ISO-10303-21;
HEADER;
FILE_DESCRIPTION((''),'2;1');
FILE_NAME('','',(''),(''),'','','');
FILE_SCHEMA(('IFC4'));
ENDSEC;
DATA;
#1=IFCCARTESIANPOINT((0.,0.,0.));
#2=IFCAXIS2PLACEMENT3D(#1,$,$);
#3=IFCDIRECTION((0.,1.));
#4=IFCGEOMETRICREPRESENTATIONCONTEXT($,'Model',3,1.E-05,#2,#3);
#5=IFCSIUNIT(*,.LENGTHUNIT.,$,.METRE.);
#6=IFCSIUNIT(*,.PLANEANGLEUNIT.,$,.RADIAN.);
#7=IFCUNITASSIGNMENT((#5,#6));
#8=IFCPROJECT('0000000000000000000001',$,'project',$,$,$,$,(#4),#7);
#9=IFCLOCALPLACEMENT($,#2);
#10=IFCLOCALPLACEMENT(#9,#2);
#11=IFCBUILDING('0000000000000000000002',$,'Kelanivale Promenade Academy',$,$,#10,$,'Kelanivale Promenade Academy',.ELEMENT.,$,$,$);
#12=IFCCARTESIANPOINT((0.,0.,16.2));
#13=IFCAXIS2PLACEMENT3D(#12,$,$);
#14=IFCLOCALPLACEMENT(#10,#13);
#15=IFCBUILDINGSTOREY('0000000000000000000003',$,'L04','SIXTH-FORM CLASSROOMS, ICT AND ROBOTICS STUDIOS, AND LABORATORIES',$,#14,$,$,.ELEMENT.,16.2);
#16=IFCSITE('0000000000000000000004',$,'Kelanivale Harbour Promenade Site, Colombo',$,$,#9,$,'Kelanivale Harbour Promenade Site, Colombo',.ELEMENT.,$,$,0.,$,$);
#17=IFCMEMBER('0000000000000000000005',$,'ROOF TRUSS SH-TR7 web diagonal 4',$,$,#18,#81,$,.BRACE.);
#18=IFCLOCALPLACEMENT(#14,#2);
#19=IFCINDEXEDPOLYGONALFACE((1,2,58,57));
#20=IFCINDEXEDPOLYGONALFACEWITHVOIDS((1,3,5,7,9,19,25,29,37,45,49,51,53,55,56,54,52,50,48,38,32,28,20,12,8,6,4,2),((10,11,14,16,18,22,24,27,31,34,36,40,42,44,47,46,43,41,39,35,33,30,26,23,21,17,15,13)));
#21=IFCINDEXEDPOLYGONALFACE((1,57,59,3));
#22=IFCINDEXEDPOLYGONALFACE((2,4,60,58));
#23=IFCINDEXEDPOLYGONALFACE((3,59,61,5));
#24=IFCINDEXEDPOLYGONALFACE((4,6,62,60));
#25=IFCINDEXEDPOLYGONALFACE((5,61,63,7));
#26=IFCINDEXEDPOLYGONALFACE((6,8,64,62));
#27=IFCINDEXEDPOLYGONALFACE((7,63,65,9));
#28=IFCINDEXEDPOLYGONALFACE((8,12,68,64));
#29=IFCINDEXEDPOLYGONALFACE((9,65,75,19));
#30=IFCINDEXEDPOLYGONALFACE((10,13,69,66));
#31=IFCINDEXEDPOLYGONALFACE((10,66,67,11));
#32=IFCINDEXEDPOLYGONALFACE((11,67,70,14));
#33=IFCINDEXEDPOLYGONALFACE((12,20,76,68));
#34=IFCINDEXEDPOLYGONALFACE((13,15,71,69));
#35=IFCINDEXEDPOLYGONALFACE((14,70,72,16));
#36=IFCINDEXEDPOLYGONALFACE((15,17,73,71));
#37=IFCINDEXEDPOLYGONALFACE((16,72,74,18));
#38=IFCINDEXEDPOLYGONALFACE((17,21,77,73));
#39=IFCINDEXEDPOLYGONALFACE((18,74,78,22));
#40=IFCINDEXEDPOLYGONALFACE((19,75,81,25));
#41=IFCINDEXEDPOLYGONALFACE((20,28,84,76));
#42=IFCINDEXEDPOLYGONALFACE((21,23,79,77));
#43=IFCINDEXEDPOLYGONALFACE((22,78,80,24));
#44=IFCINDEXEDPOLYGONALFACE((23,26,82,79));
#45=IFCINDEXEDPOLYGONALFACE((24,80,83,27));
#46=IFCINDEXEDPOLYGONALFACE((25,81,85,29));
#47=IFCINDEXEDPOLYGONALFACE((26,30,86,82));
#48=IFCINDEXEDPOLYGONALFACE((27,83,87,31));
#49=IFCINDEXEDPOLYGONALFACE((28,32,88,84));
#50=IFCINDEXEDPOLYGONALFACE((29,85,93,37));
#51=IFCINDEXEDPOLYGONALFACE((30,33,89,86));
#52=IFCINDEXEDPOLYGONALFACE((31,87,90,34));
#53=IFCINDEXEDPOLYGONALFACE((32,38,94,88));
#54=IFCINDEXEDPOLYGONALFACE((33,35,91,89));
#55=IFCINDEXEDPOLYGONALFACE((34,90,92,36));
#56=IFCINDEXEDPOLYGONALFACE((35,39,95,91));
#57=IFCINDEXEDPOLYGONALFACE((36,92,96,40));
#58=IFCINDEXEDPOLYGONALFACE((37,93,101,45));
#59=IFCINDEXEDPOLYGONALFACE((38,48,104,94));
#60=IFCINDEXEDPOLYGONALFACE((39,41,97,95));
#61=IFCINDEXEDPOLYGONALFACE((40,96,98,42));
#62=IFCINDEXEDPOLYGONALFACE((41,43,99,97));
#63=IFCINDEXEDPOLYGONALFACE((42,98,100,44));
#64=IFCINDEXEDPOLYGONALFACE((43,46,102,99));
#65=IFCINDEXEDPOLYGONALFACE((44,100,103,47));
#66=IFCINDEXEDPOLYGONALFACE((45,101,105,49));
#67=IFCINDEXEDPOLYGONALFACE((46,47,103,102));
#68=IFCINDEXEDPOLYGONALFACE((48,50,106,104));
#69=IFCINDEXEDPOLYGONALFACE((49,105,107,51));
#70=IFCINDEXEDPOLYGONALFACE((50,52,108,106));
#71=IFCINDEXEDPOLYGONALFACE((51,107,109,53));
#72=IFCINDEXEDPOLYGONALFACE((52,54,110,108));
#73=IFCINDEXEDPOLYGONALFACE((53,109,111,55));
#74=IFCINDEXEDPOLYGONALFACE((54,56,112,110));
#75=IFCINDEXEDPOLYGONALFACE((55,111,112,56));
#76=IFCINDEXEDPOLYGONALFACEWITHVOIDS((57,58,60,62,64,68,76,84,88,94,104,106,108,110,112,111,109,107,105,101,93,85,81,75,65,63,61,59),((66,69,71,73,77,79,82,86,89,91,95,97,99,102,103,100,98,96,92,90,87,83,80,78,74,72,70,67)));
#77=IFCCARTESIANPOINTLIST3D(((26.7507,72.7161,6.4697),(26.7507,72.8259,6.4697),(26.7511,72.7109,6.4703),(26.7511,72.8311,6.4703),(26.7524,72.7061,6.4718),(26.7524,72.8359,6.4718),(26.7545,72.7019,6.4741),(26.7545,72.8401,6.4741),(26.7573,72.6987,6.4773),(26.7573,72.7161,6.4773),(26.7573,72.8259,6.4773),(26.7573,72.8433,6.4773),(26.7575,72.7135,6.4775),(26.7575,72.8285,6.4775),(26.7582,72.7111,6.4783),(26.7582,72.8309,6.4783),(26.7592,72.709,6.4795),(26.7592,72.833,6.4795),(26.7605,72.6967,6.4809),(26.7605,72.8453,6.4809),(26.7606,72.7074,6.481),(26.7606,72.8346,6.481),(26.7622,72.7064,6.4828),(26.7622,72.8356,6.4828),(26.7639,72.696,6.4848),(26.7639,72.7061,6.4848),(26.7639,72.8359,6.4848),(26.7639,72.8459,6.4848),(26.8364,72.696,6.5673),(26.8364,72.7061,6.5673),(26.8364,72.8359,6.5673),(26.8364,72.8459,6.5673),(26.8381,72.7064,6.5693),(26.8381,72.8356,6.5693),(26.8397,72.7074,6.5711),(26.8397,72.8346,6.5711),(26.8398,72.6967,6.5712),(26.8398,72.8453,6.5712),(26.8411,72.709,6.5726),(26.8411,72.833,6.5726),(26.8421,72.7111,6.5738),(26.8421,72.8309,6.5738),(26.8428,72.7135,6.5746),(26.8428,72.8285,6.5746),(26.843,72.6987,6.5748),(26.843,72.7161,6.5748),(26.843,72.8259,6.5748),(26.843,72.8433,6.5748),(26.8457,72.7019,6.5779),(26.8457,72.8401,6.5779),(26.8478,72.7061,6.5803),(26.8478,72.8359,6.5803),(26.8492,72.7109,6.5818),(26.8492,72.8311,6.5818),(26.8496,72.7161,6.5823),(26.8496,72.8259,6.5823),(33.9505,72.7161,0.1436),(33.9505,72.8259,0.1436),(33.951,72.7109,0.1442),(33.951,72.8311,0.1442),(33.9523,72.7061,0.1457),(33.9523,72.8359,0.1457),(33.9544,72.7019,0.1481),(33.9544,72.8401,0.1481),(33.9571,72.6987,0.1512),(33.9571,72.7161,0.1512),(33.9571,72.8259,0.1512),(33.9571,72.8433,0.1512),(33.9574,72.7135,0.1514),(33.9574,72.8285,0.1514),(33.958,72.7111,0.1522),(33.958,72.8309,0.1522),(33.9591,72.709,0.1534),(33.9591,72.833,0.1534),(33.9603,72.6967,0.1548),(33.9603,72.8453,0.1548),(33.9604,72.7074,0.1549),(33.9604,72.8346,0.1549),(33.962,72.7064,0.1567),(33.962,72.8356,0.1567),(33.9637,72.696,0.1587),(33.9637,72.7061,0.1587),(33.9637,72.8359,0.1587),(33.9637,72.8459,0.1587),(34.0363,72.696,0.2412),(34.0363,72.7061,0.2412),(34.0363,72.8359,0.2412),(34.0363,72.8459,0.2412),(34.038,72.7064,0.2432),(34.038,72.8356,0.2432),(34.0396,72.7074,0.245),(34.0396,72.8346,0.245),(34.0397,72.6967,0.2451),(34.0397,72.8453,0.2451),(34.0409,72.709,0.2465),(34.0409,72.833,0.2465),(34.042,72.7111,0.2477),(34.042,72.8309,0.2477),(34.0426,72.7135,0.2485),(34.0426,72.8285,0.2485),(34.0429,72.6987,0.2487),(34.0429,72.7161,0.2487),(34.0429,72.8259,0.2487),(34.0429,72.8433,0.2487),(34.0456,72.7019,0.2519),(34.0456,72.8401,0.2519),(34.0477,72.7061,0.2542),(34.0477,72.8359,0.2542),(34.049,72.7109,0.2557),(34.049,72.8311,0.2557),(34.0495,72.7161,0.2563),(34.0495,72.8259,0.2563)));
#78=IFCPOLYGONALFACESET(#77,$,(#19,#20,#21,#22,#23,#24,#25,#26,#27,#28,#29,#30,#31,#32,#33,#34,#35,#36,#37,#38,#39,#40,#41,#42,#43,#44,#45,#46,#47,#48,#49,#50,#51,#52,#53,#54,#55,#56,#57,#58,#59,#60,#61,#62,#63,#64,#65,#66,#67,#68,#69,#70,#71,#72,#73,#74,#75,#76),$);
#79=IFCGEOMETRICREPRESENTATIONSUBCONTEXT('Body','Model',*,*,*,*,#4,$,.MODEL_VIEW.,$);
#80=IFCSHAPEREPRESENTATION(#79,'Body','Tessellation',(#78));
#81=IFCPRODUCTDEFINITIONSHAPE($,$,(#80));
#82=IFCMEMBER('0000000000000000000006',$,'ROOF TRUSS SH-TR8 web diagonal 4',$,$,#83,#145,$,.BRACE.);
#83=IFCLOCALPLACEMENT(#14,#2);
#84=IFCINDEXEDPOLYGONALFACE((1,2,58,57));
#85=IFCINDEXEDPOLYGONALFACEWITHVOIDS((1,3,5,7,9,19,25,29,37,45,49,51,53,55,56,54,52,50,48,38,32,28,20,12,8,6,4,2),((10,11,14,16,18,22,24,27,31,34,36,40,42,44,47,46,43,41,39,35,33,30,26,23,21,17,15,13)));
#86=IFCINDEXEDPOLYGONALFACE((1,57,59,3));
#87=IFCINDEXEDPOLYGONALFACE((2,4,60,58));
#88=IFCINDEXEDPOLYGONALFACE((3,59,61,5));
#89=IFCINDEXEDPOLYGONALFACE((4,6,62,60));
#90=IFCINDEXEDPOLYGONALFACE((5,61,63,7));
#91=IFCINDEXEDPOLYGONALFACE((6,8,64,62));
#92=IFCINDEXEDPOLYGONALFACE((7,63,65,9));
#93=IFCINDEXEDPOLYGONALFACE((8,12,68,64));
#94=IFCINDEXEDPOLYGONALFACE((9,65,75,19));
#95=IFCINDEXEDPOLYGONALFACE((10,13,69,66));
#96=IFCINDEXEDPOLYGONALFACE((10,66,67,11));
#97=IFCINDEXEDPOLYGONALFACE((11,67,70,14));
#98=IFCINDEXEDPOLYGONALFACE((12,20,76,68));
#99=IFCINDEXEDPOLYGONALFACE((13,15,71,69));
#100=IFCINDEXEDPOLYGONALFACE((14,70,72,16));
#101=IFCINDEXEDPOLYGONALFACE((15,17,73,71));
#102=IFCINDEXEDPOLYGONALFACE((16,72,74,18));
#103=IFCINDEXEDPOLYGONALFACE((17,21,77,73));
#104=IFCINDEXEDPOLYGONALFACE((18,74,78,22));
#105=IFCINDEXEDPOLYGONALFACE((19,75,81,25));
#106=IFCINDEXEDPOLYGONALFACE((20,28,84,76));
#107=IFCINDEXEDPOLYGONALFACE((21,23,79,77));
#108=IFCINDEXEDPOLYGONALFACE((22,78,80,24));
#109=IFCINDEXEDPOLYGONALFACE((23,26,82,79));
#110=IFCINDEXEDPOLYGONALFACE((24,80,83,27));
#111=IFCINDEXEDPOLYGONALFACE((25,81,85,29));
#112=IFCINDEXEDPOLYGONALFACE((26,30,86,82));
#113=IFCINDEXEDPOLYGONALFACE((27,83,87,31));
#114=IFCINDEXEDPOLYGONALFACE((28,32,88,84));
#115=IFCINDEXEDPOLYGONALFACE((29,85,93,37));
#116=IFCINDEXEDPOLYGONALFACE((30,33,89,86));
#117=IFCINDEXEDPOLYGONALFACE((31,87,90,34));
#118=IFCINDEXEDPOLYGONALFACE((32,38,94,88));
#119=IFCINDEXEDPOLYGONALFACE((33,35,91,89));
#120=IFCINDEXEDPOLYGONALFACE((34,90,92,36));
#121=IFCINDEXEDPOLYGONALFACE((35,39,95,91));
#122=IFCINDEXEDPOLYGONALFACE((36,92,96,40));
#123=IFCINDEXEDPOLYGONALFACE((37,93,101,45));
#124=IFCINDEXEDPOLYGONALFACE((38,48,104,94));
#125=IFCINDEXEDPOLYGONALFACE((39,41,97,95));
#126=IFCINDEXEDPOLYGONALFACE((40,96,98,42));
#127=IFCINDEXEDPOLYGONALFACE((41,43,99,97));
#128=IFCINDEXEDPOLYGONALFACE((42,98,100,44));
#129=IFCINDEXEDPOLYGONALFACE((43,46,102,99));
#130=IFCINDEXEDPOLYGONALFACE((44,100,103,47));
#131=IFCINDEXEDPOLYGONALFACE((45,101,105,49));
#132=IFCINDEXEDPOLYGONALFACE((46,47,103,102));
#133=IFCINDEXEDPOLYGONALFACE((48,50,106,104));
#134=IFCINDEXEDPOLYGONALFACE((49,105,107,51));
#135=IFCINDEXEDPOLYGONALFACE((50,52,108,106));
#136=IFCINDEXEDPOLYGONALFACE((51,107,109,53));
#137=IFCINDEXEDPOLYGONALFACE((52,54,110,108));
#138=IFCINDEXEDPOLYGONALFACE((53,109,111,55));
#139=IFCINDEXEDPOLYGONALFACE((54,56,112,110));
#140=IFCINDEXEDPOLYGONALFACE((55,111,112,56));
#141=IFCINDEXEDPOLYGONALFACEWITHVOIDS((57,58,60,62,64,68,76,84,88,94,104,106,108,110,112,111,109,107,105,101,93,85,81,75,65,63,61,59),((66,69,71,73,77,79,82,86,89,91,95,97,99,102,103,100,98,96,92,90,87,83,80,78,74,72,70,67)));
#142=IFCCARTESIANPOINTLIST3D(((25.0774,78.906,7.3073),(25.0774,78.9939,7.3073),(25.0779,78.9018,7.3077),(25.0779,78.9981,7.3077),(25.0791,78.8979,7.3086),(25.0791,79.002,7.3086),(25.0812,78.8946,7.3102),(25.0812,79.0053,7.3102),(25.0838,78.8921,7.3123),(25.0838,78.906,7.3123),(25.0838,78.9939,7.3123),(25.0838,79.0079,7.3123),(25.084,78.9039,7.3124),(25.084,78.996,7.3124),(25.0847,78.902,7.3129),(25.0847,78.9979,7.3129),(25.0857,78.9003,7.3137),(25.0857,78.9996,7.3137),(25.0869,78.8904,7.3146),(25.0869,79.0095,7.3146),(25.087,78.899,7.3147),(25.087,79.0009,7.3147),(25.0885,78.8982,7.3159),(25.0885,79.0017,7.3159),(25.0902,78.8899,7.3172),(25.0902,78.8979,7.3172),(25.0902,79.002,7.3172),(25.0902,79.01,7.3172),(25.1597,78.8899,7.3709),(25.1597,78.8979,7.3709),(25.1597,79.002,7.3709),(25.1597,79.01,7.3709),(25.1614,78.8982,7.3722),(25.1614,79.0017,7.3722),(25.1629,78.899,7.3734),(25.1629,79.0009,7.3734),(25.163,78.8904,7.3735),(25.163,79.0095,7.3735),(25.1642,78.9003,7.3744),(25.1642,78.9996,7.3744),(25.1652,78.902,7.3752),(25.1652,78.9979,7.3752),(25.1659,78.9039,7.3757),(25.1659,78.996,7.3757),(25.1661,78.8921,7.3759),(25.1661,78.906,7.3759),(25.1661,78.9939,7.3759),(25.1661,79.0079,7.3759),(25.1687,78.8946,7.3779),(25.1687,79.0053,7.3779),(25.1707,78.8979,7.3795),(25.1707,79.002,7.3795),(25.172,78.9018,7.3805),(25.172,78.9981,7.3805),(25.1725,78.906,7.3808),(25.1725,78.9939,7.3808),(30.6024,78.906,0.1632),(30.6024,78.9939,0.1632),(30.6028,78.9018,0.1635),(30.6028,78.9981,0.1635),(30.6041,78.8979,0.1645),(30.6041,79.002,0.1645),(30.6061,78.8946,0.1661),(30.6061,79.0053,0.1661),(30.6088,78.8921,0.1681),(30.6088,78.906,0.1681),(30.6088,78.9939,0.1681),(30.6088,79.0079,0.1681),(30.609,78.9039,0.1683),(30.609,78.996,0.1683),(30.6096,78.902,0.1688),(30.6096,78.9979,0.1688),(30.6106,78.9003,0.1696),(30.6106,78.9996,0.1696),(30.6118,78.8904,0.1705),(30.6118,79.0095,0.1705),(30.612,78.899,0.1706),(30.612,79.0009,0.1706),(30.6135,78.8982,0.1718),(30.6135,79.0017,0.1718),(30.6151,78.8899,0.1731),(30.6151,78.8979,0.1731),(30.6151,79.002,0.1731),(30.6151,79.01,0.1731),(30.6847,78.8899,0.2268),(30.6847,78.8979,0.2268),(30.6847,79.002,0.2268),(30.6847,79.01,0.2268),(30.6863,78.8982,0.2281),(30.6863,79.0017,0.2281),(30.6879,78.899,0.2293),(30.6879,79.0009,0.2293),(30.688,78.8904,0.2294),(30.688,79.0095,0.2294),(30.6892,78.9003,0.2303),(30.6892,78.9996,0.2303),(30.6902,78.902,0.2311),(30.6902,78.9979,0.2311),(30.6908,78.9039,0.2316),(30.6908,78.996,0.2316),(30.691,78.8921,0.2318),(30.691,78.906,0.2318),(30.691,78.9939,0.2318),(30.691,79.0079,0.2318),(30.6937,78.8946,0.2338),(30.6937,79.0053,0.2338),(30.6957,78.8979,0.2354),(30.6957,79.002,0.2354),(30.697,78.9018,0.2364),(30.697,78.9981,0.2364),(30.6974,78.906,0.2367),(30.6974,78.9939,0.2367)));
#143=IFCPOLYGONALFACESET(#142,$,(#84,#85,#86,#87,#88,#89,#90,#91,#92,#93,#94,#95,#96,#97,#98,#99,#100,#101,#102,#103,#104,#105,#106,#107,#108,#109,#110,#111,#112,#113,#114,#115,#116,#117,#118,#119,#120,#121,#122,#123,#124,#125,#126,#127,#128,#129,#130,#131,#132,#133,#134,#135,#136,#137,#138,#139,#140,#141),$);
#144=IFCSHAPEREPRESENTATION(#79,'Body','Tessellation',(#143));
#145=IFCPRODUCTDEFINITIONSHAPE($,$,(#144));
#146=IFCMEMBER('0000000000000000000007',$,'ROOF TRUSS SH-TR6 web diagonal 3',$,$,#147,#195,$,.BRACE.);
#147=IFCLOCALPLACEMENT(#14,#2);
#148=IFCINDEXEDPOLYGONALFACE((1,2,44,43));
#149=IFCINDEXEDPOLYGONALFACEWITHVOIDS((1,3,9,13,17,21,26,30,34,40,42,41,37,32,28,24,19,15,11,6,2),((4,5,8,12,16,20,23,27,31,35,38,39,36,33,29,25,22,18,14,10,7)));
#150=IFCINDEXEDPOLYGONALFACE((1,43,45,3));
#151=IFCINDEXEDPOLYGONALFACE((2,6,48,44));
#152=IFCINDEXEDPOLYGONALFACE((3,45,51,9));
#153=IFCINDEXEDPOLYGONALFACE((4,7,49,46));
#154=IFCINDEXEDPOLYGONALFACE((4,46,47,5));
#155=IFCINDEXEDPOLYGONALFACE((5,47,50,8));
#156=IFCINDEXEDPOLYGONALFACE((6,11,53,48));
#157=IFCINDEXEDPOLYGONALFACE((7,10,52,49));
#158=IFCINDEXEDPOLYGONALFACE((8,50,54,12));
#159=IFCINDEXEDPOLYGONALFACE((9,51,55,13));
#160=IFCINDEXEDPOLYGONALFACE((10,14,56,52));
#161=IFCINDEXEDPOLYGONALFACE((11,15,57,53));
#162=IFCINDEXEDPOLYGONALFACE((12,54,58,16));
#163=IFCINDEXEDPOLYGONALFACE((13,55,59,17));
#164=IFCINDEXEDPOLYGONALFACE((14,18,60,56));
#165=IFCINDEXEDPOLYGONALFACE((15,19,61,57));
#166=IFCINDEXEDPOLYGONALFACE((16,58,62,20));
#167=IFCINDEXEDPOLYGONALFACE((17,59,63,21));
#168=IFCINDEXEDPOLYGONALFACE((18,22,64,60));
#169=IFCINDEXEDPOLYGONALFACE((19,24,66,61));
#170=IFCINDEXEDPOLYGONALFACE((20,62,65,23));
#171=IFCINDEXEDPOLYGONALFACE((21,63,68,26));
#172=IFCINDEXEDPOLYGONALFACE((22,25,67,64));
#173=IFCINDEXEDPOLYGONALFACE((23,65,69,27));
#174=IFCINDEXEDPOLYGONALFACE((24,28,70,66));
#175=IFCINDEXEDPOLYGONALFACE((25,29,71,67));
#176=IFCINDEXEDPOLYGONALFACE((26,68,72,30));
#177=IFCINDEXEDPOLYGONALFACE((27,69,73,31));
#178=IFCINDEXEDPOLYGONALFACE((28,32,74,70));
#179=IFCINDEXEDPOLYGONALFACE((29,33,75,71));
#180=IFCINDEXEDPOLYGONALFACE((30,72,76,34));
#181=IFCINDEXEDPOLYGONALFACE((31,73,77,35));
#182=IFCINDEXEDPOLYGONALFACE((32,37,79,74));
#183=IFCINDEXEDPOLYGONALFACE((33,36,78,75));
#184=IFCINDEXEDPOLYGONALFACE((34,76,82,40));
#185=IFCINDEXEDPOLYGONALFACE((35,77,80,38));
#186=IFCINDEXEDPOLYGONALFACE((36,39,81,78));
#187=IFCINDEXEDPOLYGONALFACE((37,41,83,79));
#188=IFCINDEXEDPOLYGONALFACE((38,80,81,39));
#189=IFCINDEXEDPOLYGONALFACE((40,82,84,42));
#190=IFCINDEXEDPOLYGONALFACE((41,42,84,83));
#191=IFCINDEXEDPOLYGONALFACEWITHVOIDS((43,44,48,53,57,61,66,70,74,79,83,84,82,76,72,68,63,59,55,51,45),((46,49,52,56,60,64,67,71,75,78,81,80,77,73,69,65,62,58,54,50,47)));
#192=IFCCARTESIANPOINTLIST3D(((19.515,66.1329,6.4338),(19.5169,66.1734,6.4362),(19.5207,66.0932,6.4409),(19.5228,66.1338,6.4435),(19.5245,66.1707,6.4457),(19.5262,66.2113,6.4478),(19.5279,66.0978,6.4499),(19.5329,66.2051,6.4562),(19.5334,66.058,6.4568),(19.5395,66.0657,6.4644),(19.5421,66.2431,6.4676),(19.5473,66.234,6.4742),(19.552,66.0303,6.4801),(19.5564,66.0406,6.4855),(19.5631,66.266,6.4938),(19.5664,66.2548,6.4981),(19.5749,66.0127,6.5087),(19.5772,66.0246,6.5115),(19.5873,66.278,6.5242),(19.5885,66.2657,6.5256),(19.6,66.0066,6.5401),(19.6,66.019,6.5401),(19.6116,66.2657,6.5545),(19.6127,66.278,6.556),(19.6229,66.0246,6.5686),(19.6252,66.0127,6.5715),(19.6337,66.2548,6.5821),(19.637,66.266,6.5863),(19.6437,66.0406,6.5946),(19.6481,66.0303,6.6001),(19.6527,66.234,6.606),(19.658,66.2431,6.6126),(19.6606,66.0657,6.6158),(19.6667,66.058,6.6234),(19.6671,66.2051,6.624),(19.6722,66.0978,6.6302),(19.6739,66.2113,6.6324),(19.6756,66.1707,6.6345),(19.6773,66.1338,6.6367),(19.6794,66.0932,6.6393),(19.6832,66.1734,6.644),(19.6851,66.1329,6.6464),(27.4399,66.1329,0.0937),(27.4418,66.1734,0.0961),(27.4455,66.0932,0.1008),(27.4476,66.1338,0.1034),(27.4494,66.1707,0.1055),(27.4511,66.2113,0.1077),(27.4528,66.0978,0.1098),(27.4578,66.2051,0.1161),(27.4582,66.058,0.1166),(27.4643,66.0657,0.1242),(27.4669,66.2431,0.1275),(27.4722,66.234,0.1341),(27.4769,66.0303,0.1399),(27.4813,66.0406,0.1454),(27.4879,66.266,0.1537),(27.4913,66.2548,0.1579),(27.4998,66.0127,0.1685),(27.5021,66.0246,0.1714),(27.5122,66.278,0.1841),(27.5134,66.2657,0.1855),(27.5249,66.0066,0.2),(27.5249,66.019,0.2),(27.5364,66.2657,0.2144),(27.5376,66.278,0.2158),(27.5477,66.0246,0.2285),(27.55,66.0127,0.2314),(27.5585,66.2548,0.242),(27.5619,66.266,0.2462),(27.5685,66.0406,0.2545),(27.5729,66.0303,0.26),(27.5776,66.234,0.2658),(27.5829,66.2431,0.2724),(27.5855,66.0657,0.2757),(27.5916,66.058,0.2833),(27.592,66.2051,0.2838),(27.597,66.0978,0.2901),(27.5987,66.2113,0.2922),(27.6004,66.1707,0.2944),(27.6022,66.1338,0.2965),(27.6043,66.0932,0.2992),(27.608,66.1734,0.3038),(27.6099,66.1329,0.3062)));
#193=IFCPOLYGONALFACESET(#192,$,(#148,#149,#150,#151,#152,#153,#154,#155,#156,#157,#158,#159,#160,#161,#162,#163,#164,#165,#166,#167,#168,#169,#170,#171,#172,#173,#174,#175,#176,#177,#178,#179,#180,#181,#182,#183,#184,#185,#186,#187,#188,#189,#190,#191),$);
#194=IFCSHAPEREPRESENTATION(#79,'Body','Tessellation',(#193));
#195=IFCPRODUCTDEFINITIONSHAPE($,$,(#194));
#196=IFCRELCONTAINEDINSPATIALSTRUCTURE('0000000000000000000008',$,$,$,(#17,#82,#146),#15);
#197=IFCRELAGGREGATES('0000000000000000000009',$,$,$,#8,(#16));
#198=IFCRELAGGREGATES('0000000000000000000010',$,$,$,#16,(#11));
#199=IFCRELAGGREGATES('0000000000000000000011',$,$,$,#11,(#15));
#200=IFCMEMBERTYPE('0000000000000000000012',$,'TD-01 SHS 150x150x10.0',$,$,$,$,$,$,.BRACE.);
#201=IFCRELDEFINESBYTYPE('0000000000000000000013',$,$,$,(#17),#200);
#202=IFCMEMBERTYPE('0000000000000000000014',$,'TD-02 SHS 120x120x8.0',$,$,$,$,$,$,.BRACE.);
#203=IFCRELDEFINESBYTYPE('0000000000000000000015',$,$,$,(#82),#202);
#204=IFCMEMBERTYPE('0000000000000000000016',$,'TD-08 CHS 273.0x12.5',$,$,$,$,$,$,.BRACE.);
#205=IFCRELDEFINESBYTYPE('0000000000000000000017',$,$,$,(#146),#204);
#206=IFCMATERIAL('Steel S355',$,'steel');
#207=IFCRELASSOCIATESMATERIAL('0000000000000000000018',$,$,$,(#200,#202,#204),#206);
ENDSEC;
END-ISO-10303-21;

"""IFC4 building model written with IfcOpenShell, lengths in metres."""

from ifc_helpers import new_model, si_unit, direction, frame, origin, origin_2d, place, context, subcontext, project, spatial, hollow_rectangle, hollow_circle, extrude, material, material_profile, profile_set, type_object, element, save


model = new_model("IFC4")

# Units and contexts
model_context = context("Model", 3, precision=1e-05, world=origin(), true_north=direction((0.0, 1.0)))
body_context = subcontext(model_context, "Body", "Model", "MODEL_VIEW")
ifc_project = project(units=[si_unit("LENGTHUNIT", "METRE"), si_unit("PLANEANGLEUNIT", "RADIAN")], contexts=[model_context])

# Site, building, storey
site_placement = place(None, origin())
site = spatial("IfcSite", under=ifc_project, at=site_placement, Name="Kelanivale Harbour Promenade Site, Colombo", LongName="Kelanivale Harbour Promenade Site, Colombo", CompositionType="ELEMENT", RefElevation=0.0)
building_placement = place(site_placement, origin())
building = spatial("IfcBuilding", under=site, at=building_placement, Name="Kelanivale Promenade Academy", LongName="Kelanivale Promenade Academy", CompositionType="ELEMENT")
storey_placement = place(building_placement, frame((0.0, 0.0, 16.2)))
storey = spatial("IfcBuildingStorey", under=building, at=storey_placement, Name="L04", Description="SIXTH-FORM CLASSROOMS, ICT AND ROBOTICS STUDIOS, AND LABORATORIES", CompositionType="ELEMENT", Elevation=16.2)

# Shared definitions
ifc_material_1 = material(Name="Steel S355", Category="steel")

# Members
ifc_material_profile_1 = material_profile(ifc_material_1, hollow_rectangle(XDim=0.1499, YDim=0.1499, WallThickness=0.01, InnerFilletRadius=0.01, OuterFilletRadius=0.02, at=origin_2d()), Name="SHS 150x150x10.0")
ifc_profile_set_1 = profile_set([ifc_material_profile_1], Name="Steel S355")
member_type_1 = type_object("IfcMemberType", Name="TD-01 SHS 150x150x10.0", PredefinedType="BRACE", material=ifc_profile_set_1)
member_1_placement = place(storey_placement, frame((34.0, 72.771, 0.2), z_axis=(-0.75122, 0.0, 0.660052), x_axis=(0.0, -1.0, 0.0)))
element("IfcMember", 1, at=member_1_placement, inside=storey, type_object=member_type_1, Name="ROOF TRUSS SH-TR7 web diagonal 4", PredefinedType="BRACE", context=body_context, shape_type="SweptSolid", body=[
    extrude(hollow_rectangle(XDim=0.1499, YDim=0.1499, WallThickness=0.01, InnerFilletRadius=0.01, OuterFilletRadius=0.02, at=origin_2d()), origin(), (0.0, 0.0, 1.0), 9.5842),
])
ifc_material_profile_2 = material_profile(ifc_material_1, hollow_rectangle(XDim=0.1201, YDim=0.1201, WallThickness=0.0081, InnerFilletRadius=0.0081, OuterFilletRadius=0.0161, at=origin_2d()), Name="SHS 120x120x8.0")
ifc_profile_set_2 = profile_set([ifc_material_profile_2], Name="Steel S355")
member_type_2 = type_object("IfcMemberType", Name="TD-02 SHS 120x120x8.0", PredefinedType="BRACE", material=ifc_profile_set_2)
member_2_placement = place(storey_placement, frame((30.6499, 78.95, 0.2), z_axis=(-0.61176, 0.0, 0.791044), x_axis=(0.0, -1.0, 0.0)))
element("IfcMember", 2, at=member_2_placement, inside=storey, type_object=member_type_2, Name="ROOF TRUSS SH-TR8 web diagonal 4", PredefinedType="BRACE", context=body_context, shape_type="SweptSolid", body=[
    extrude(hollow_rectangle(XDim=0.1201, YDim=0.1201, WallThickness=0.0081, InnerFilletRadius=0.0081, OuterFilletRadius=0.0161, at=origin_2d()), origin(), (0.0, 0.0, 1.0), 9.0312),
])
ifc_material_profile_3 = material_profile(ifc_material_1, hollow_circle(Radius=0.1365, WallThickness=0.0125, at=origin_2d()), Name="CHS 273.0x12.5")
ifc_profile_set_3 = profile_set([ifc_material_profile_3], Name="Steel S355")
member_type_3 = type_object("IfcMemberType", Name="TD-08 CHS 273.0x12.5", PredefinedType="BRACE", material=ifc_profile_set_3)
member_3_placement = place(storey_placement, frame((27.5249, 66.1431, 0.2), z_axis=(-0.780857, 0.0, 0.62471), x_axis=(0.0, -1.0, 0.0)))
element("IfcMember", 3, at=member_3_placement, inside=storey, type_object=member_type_3, Name="ROOF TRUSS SH-TR6 web diagonal 3", PredefinedType="BRACE", context=body_context, shape_type="SweptSolid", body=[
    extrude(hollow_circle(Radius=0.1365, WallThickness=0.0125, at=origin_2d()), origin(), (0.0, 0.0, 1.0), 10.1489),
])

save(model, "model.ifc")
